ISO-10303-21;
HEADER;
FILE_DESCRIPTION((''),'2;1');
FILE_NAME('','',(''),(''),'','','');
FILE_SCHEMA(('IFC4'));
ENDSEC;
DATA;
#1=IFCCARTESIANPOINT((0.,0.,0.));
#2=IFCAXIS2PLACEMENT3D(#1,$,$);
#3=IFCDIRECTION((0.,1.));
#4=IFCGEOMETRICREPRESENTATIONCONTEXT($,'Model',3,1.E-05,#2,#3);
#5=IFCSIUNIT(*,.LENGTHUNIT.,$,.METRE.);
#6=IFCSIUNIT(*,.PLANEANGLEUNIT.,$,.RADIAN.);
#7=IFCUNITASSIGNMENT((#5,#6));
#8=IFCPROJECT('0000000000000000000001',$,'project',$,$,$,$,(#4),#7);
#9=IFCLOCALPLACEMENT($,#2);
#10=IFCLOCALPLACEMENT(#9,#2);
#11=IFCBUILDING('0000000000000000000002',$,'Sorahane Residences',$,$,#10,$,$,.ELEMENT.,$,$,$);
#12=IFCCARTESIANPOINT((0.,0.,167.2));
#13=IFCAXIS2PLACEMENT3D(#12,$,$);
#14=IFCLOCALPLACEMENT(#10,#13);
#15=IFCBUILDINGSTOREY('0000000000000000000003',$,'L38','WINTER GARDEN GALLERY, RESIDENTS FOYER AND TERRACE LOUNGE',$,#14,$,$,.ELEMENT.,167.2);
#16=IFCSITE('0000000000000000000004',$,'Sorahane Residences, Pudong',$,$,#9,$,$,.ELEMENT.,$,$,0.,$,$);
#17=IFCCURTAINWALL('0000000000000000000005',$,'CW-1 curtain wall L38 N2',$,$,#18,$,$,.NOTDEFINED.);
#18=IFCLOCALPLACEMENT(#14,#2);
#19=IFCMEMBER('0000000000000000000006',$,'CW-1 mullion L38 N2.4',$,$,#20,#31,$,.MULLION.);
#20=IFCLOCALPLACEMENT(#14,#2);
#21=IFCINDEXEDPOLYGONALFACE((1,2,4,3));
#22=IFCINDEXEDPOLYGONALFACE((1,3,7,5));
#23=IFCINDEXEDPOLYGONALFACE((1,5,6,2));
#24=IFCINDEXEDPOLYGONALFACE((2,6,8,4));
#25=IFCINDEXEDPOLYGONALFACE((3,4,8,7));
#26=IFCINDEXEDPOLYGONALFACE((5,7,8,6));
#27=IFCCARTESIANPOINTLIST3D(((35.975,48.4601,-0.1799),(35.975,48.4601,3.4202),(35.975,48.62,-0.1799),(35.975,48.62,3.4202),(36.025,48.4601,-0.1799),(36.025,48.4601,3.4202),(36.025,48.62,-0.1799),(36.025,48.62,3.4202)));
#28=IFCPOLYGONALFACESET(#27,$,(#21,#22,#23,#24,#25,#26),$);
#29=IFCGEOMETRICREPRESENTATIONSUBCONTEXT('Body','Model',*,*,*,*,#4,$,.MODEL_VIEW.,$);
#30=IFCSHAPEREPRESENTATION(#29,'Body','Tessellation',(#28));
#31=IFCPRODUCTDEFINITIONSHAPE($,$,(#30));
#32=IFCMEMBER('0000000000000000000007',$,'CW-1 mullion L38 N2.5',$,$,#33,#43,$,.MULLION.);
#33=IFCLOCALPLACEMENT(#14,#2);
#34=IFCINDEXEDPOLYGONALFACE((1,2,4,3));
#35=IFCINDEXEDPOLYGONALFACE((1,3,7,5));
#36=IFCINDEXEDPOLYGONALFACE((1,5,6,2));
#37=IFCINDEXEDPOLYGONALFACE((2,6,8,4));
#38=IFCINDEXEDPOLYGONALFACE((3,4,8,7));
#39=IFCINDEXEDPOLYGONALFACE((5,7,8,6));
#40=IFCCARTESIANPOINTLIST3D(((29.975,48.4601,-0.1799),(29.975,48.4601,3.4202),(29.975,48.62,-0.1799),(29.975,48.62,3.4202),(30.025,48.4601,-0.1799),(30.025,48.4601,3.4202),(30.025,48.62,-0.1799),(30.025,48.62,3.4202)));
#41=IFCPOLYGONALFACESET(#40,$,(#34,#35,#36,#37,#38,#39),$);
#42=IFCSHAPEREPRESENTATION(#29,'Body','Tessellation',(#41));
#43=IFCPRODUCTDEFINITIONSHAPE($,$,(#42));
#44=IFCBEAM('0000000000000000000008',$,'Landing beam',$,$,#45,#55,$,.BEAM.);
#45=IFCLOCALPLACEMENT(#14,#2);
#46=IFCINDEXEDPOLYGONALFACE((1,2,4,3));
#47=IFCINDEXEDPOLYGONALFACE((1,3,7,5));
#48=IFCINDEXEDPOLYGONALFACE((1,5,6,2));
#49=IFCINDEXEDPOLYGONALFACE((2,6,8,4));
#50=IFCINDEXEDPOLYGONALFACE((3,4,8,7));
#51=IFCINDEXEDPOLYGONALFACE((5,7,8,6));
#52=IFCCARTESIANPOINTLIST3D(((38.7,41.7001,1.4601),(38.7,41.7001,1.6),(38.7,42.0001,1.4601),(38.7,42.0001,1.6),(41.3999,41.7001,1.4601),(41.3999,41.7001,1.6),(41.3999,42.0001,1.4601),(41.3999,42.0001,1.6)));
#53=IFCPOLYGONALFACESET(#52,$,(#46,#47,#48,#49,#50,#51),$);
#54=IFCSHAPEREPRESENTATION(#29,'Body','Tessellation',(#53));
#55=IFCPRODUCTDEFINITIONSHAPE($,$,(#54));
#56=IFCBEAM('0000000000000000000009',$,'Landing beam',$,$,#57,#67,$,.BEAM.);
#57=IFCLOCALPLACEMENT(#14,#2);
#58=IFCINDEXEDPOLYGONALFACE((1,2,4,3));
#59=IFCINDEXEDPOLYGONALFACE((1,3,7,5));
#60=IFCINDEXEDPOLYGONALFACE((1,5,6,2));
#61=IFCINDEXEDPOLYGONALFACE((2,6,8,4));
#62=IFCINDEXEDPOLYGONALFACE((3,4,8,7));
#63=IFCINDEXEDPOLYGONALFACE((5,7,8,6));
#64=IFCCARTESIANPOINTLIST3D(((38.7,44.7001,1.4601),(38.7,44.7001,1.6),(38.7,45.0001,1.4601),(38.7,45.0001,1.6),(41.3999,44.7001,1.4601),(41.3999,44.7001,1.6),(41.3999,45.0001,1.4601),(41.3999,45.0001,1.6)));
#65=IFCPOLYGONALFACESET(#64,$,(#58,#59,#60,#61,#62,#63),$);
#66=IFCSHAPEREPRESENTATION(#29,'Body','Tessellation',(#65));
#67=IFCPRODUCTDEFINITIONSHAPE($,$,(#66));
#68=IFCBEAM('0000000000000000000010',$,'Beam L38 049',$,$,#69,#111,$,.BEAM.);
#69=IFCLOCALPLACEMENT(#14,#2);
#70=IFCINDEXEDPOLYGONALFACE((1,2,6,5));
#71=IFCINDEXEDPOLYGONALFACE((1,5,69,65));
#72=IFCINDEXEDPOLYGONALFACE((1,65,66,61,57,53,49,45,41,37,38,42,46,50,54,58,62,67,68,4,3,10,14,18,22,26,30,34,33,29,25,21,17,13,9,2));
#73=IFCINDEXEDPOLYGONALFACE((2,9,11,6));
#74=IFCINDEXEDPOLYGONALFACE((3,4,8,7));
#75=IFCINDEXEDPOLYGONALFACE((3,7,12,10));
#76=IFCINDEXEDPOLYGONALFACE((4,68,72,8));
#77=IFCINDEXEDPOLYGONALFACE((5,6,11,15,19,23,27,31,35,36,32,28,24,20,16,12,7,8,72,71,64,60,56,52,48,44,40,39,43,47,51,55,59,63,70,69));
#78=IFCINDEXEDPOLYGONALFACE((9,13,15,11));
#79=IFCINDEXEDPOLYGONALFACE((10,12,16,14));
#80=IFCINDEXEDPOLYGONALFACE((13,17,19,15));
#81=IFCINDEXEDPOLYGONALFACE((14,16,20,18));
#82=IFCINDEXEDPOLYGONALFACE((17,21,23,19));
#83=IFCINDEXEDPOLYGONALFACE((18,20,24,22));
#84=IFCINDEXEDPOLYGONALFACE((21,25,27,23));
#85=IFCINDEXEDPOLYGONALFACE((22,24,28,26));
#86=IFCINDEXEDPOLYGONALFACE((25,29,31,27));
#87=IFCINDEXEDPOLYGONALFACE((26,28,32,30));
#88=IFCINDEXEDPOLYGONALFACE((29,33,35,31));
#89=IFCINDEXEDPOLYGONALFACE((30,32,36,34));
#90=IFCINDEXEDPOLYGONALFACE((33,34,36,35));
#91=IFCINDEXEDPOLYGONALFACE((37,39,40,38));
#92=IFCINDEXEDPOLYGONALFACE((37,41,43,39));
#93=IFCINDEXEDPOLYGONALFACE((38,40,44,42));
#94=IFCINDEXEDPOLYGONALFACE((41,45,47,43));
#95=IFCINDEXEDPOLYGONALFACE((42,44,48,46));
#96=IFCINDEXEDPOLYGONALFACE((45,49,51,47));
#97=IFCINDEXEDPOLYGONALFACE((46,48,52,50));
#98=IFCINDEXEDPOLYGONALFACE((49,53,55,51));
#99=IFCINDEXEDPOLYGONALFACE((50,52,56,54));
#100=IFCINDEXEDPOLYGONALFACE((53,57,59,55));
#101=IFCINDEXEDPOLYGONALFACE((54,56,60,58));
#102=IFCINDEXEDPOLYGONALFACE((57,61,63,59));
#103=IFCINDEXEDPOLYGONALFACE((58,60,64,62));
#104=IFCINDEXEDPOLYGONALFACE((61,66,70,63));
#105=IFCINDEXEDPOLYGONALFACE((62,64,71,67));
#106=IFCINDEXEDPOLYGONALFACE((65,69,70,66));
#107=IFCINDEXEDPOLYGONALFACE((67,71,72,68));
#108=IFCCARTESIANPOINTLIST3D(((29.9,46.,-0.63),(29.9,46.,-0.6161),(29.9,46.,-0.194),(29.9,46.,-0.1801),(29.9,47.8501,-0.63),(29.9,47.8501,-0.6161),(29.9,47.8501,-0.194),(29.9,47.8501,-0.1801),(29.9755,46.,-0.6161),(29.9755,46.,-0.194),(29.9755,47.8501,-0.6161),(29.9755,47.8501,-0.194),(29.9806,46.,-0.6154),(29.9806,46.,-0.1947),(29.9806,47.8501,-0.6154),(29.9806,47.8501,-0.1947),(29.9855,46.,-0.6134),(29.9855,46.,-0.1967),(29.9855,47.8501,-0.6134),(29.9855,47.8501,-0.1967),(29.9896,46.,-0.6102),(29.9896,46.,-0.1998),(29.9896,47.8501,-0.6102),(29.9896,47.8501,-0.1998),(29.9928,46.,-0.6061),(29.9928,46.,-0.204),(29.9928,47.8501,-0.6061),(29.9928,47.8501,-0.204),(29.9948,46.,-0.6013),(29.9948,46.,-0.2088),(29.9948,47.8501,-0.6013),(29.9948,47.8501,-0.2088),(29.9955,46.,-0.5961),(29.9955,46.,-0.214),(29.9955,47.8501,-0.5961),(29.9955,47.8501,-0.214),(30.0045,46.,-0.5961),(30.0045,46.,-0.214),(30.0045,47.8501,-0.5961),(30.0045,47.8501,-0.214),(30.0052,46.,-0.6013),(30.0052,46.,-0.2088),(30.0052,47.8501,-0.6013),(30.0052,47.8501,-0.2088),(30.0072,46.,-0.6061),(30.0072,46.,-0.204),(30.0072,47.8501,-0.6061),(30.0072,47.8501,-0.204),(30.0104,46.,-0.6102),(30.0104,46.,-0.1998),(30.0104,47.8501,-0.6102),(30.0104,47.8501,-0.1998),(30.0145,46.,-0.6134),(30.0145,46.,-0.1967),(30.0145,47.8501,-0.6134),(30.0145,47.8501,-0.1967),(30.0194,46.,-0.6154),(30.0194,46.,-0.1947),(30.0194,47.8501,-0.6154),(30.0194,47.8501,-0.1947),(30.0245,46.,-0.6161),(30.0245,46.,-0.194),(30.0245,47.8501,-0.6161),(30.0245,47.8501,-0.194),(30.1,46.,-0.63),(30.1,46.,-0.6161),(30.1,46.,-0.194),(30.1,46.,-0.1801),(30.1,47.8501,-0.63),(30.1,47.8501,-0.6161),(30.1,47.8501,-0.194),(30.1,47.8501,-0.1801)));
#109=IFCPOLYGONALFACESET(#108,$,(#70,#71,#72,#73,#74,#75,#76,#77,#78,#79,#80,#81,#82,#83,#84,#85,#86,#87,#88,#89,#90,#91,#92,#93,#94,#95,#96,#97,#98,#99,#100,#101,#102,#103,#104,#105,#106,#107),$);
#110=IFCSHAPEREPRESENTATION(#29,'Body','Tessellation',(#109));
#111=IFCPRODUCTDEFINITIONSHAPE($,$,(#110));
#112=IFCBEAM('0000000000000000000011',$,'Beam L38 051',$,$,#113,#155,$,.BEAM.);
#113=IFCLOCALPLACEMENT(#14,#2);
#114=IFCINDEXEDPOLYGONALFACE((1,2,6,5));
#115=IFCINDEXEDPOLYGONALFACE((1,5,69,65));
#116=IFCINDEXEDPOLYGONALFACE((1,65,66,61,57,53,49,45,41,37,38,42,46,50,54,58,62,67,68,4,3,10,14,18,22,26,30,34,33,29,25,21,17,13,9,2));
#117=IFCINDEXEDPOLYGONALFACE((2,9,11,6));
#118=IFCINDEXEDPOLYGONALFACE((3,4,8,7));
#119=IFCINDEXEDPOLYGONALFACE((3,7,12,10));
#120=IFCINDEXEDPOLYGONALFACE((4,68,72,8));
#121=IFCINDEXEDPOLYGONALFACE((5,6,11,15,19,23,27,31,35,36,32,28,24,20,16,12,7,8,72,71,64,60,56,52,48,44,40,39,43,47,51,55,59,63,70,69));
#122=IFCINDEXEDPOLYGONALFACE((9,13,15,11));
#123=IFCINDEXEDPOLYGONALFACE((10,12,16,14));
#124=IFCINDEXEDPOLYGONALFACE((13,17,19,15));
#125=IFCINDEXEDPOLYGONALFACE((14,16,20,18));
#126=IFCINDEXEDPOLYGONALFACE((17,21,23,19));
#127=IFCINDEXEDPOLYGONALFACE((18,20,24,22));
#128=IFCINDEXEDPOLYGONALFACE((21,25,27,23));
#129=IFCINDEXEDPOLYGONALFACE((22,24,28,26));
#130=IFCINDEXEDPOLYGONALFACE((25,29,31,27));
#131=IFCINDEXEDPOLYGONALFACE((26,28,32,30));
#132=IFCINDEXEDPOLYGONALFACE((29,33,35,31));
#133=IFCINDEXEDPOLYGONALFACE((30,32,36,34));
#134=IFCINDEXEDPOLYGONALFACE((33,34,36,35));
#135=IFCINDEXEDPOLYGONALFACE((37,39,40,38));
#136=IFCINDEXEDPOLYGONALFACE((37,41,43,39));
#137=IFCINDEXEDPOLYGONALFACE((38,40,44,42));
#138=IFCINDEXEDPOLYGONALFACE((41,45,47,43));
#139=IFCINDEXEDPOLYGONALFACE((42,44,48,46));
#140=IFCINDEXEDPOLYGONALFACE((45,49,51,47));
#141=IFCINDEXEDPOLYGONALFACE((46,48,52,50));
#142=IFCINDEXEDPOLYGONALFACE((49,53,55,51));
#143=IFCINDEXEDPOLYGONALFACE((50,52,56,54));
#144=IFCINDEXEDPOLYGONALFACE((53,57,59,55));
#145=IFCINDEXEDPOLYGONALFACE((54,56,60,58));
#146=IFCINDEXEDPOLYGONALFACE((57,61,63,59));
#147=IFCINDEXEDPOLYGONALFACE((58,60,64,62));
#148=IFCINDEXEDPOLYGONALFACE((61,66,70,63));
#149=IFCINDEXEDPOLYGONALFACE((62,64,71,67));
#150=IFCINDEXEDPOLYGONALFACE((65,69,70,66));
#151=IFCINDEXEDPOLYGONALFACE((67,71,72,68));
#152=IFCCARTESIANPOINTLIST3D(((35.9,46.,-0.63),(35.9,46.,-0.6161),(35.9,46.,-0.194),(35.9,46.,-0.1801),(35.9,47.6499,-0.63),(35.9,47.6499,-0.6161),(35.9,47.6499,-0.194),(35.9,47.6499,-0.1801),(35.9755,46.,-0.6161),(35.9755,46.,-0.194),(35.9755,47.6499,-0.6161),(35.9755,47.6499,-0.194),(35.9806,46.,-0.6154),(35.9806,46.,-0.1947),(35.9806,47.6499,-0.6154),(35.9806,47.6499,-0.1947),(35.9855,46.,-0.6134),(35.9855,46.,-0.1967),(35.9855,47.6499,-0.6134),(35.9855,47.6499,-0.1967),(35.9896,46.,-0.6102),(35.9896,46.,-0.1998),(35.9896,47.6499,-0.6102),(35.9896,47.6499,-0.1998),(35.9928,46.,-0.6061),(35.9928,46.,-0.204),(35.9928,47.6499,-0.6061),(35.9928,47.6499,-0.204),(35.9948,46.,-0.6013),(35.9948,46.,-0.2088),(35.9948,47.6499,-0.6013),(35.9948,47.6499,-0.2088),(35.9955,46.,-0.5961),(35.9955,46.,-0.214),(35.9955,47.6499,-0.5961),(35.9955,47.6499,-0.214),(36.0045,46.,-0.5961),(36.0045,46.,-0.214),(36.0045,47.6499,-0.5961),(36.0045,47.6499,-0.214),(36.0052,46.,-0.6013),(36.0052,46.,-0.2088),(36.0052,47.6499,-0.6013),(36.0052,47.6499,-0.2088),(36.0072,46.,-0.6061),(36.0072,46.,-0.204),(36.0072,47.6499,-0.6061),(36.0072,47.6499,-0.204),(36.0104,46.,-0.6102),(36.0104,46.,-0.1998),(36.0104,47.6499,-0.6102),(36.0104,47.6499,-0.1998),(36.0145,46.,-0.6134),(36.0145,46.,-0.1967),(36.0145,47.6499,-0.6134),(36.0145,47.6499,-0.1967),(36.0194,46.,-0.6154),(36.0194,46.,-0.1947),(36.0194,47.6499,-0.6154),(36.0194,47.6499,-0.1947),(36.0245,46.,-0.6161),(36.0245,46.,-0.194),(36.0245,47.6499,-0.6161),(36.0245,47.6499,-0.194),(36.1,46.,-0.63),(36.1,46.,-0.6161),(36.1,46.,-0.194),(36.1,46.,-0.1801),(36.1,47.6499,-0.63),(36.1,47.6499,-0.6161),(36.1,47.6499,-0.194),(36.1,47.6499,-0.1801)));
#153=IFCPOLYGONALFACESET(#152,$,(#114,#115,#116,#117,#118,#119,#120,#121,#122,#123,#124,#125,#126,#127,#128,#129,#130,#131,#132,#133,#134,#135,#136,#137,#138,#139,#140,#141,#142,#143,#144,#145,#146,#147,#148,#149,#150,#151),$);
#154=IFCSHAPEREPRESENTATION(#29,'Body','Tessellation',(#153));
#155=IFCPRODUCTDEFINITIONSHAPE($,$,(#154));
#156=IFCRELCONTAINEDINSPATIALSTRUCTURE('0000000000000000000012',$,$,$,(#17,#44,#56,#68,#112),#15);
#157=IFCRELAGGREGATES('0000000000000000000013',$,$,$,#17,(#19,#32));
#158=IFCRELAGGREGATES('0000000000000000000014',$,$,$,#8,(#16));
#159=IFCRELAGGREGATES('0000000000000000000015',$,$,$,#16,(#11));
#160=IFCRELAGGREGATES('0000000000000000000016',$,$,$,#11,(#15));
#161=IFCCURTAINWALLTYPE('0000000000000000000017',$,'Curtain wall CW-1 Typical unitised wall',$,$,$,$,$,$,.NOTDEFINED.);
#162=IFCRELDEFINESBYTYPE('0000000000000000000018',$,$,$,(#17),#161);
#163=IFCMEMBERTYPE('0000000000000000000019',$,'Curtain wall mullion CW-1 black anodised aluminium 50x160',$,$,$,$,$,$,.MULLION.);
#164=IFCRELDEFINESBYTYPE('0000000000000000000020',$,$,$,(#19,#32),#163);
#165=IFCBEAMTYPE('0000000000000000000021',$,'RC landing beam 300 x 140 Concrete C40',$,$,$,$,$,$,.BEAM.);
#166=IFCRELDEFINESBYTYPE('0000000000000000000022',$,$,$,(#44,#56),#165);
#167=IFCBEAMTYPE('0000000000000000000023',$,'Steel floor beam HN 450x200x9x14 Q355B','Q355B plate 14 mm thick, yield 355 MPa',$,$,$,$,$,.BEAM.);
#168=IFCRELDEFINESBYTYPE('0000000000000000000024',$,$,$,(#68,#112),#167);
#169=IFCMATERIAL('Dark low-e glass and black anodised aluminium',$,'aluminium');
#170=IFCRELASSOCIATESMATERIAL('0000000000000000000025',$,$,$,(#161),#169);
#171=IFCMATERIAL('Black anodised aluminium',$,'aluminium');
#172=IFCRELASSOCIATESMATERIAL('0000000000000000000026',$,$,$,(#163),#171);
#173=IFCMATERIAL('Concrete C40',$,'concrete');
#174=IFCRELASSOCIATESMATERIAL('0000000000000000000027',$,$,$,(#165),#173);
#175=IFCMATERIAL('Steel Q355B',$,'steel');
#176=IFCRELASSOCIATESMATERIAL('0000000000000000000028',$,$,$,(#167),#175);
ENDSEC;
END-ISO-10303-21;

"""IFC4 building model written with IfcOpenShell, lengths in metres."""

from ifc_helpers import new_model, si_unit, direction, frame, origin, origin_2d, place, context, subcontext, project, spatial, rectangle, i_section, extrude, material, material_profile, profile_set, type_object, element, aggregate, save


model = new_model("IFC4")

# Units and contexts
model_context = context("Model", 3, precision=1e-05, world=origin(), true_north=direction((0.0, 1.0)))
body_context = subcontext(model_context, "Body", "Model", "MODEL_VIEW")
ifc_project = project(units=[si_unit("LENGTHUNIT", "METRE"), si_unit("PLANEANGLEUNIT", "RADIAN")], contexts=[model_context])

# Site, building, storey
site_placement = place(None, origin())
site = spatial("IfcSite", under=ifc_project, at=site_placement, Name="Sorahane Residences, Pudong", CompositionType="ELEMENT", RefElevation=0.0)
building_placement = place(site_placement, origin())
building = spatial("IfcBuilding", under=site, at=building_placement, Name="Sorahane Residences", CompositionType="ELEMENT")
storey_placement = place(building_placement, frame((0.0, 0.0, 167.2)))
storey = spatial("IfcBuildingStorey", under=building, at=storey_placement, Name="L38", Description="WINTER GARDEN GALLERY, RESIDENTS FOYER AND TERRACE LOUNGE", CompositionType="ELEMENT", Elevation=167.2)

# Curtain wall, members
ifc_material_1 = material(Name="Dark low-e glass and black anodised aluminium", Category="aluminium")
curtain_wall_type = type_object("IfcCurtainWallType", Name="Curtain wall CW-1 Typical unitised wall", PredefinedType="NOTDEFINED", material=ifc_material_1)
curtain_wall_placement = place(storey_placement, origin())
curtain_wall = element("IfcCurtainWall", 1, at=curtain_wall_placement, inside=storey, type_object=curtain_wall_type, Name="CW-1 curtain wall L38 N2", PredefinedType="NOTDEFINED")
ifc_material_2 = material(Name="Black anodised aluminium", Category="aluminium")
ifc_material_profile_1 = material_profile(ifc_material_2, rectangle(XDim=0.1599, YDim=0.05, at=origin_2d()), Name="Curtain wall mullion CW-1 black anodised aluminium 50x160")
ifc_profile_set_1 = profile_set([ifc_material_profile_1], Name="Black anodised aluminium")
member_type_1 = type_object("IfcMemberType", Name="Curtain wall mullion CW-1 black anodised aluminium 50x160", PredefinedType="MULLION", material=ifc_profile_set_1)
member_1_placement = place(storey_placement, frame((36.0, 48.54, -0.1799), z_axis=(0.0, 0.0, 1.0), x_axis=(0.0, 1.0, 0.0)))
member_1 = element("IfcMember", 2, at=member_1_placement, type_object=member_type_1, Name="CW-1 mullion L38 N2.4", PredefinedType="MULLION", context=body_context, shape_type="SweptSolid", body=[
    extrude(rectangle(XDim=0.1599, YDim=0.05, at=origin_2d()), origin(), (0.0, 0.0, 1.0), 3.6001),
])
member_2_placement = place(storey_placement, frame((30.0, 48.54, -0.1799), z_axis=(0.0, 0.0, 1.0), x_axis=(0.0, 1.0, 0.0)))
member_2 = element("IfcMember", 3, at=member_2_placement, type_object=member_type_1, Name="CW-1 mullion L38 N2.5", PredefinedType="MULLION", context=body_context, shape_type="SweptSolid", body=[
    extrude(rectangle(XDim=0.1599, YDim=0.05, at=origin_2d()), origin(), (0.0, 0.0, 1.0), 3.6001),
])

# Beams
ifc_material_3 = material(Name="Concrete C40", Category="concrete")
ifc_material_profile_2 = material_profile(ifc_material_3, rectangle(XDim=0.3, YDim=0.1399, at=origin_2d()), Name="300x140")
ifc_profile_set_2 = profile_set([ifc_material_profile_2], Name="Concrete C40")
beam_type_1 = type_object("IfcBeamType", Name="RC landing beam 300 x 140 Concrete C40", PredefinedType="BEAM", material=ifc_profile_set_2)
for number, where, z_axis, x_axis, name in (
    (4, (38.7, 41.8501, 1.53), (1.0, 0.0, 0.0), (0.0, 1.0, 0.0), "Landing beam"),
    (5, (38.7, 44.8501, 1.53), (1.0, 0.0, 0.0), (0.0, 1.0, 0.0), "Landing beam"),
):
    element("IfcBeam", number, at=place(storey_placement, frame(where, z_axis=z_axis, x_axis=x_axis)), inside=storey, type_object=beam_type_1, Name=name, PredefinedType="BEAM", context=body_context, shape_type="SweptSolid", body=[
        extrude(rectangle(XDim=0.3, YDim=0.1399, at=origin_2d()), origin(), (0.0, 0.0, 1.0), 2.7),
    ])
ifc_material_4 = material(Name="Steel Q355B", Category="steel")
ifc_material_profile_3 = material_profile(ifc_material_4, i_section(OverallWidth=0.2, OverallDepth=0.45, WebThickness=0.009, FlangeThickness=0.0139, FilletRadius=0.02, at=origin_2d()), Name="HN 450x200x9x14")
ifc_profile_set_3 = profile_set([ifc_material_profile_3], Name="Steel Q355B")
beam_type_2 = type_object("IfcBeamType", Name="Steel floor beam HN 450x200x9x14 Q355B", Description="Q355B plate 14 mm thick, yield 355 MPa", PredefinedType="BEAM", material=ifc_profile_set_3)
beam_1_placement = place(storey_placement, frame((30.0, 46.0, -0.405), z_axis=(0.0, 1.0, 0.0), x_axis=(-1.0, 0.0, 0.0)))
element("IfcBeam", 6, at=beam_1_placement, inside=storey, type_object=beam_type_2, Name="Beam L38 049", PredefinedType="BEAM", context=body_context, shape_type="SweptSolid", body=[
    extrude(i_section(OverallWidth=0.2, OverallDepth=0.45, WebThickness=0.009, FlangeThickness=0.0139, FilletRadius=0.02, at=origin_2d()), origin(), (0.0, 0.0, 1.0), 1.8501),
])
beam_2_placement = place(storey_placement, frame((36.0, 46.0, -0.405), z_axis=(0.0, 1.0, 0.0), x_axis=(-1.0, 0.0, 0.0)))
element("IfcBeam", 7, at=beam_2_placement, inside=storey, type_object=beam_type_2, Name="Beam L38 051", PredefinedType="BEAM", context=body_context, shape_type="SweptSolid", body=[
    extrude(i_section(OverallWidth=0.2, OverallDepth=0.45, WebThickness=0.009, FlangeThickness=0.0139, FilletRadius=0.02, at=origin_2d()), origin(), (0.0, 0.0, 1.0), 1.6499),
])

aggregate(curtain_wall, [member_1, member_2])

save(model, "model.ifc")
